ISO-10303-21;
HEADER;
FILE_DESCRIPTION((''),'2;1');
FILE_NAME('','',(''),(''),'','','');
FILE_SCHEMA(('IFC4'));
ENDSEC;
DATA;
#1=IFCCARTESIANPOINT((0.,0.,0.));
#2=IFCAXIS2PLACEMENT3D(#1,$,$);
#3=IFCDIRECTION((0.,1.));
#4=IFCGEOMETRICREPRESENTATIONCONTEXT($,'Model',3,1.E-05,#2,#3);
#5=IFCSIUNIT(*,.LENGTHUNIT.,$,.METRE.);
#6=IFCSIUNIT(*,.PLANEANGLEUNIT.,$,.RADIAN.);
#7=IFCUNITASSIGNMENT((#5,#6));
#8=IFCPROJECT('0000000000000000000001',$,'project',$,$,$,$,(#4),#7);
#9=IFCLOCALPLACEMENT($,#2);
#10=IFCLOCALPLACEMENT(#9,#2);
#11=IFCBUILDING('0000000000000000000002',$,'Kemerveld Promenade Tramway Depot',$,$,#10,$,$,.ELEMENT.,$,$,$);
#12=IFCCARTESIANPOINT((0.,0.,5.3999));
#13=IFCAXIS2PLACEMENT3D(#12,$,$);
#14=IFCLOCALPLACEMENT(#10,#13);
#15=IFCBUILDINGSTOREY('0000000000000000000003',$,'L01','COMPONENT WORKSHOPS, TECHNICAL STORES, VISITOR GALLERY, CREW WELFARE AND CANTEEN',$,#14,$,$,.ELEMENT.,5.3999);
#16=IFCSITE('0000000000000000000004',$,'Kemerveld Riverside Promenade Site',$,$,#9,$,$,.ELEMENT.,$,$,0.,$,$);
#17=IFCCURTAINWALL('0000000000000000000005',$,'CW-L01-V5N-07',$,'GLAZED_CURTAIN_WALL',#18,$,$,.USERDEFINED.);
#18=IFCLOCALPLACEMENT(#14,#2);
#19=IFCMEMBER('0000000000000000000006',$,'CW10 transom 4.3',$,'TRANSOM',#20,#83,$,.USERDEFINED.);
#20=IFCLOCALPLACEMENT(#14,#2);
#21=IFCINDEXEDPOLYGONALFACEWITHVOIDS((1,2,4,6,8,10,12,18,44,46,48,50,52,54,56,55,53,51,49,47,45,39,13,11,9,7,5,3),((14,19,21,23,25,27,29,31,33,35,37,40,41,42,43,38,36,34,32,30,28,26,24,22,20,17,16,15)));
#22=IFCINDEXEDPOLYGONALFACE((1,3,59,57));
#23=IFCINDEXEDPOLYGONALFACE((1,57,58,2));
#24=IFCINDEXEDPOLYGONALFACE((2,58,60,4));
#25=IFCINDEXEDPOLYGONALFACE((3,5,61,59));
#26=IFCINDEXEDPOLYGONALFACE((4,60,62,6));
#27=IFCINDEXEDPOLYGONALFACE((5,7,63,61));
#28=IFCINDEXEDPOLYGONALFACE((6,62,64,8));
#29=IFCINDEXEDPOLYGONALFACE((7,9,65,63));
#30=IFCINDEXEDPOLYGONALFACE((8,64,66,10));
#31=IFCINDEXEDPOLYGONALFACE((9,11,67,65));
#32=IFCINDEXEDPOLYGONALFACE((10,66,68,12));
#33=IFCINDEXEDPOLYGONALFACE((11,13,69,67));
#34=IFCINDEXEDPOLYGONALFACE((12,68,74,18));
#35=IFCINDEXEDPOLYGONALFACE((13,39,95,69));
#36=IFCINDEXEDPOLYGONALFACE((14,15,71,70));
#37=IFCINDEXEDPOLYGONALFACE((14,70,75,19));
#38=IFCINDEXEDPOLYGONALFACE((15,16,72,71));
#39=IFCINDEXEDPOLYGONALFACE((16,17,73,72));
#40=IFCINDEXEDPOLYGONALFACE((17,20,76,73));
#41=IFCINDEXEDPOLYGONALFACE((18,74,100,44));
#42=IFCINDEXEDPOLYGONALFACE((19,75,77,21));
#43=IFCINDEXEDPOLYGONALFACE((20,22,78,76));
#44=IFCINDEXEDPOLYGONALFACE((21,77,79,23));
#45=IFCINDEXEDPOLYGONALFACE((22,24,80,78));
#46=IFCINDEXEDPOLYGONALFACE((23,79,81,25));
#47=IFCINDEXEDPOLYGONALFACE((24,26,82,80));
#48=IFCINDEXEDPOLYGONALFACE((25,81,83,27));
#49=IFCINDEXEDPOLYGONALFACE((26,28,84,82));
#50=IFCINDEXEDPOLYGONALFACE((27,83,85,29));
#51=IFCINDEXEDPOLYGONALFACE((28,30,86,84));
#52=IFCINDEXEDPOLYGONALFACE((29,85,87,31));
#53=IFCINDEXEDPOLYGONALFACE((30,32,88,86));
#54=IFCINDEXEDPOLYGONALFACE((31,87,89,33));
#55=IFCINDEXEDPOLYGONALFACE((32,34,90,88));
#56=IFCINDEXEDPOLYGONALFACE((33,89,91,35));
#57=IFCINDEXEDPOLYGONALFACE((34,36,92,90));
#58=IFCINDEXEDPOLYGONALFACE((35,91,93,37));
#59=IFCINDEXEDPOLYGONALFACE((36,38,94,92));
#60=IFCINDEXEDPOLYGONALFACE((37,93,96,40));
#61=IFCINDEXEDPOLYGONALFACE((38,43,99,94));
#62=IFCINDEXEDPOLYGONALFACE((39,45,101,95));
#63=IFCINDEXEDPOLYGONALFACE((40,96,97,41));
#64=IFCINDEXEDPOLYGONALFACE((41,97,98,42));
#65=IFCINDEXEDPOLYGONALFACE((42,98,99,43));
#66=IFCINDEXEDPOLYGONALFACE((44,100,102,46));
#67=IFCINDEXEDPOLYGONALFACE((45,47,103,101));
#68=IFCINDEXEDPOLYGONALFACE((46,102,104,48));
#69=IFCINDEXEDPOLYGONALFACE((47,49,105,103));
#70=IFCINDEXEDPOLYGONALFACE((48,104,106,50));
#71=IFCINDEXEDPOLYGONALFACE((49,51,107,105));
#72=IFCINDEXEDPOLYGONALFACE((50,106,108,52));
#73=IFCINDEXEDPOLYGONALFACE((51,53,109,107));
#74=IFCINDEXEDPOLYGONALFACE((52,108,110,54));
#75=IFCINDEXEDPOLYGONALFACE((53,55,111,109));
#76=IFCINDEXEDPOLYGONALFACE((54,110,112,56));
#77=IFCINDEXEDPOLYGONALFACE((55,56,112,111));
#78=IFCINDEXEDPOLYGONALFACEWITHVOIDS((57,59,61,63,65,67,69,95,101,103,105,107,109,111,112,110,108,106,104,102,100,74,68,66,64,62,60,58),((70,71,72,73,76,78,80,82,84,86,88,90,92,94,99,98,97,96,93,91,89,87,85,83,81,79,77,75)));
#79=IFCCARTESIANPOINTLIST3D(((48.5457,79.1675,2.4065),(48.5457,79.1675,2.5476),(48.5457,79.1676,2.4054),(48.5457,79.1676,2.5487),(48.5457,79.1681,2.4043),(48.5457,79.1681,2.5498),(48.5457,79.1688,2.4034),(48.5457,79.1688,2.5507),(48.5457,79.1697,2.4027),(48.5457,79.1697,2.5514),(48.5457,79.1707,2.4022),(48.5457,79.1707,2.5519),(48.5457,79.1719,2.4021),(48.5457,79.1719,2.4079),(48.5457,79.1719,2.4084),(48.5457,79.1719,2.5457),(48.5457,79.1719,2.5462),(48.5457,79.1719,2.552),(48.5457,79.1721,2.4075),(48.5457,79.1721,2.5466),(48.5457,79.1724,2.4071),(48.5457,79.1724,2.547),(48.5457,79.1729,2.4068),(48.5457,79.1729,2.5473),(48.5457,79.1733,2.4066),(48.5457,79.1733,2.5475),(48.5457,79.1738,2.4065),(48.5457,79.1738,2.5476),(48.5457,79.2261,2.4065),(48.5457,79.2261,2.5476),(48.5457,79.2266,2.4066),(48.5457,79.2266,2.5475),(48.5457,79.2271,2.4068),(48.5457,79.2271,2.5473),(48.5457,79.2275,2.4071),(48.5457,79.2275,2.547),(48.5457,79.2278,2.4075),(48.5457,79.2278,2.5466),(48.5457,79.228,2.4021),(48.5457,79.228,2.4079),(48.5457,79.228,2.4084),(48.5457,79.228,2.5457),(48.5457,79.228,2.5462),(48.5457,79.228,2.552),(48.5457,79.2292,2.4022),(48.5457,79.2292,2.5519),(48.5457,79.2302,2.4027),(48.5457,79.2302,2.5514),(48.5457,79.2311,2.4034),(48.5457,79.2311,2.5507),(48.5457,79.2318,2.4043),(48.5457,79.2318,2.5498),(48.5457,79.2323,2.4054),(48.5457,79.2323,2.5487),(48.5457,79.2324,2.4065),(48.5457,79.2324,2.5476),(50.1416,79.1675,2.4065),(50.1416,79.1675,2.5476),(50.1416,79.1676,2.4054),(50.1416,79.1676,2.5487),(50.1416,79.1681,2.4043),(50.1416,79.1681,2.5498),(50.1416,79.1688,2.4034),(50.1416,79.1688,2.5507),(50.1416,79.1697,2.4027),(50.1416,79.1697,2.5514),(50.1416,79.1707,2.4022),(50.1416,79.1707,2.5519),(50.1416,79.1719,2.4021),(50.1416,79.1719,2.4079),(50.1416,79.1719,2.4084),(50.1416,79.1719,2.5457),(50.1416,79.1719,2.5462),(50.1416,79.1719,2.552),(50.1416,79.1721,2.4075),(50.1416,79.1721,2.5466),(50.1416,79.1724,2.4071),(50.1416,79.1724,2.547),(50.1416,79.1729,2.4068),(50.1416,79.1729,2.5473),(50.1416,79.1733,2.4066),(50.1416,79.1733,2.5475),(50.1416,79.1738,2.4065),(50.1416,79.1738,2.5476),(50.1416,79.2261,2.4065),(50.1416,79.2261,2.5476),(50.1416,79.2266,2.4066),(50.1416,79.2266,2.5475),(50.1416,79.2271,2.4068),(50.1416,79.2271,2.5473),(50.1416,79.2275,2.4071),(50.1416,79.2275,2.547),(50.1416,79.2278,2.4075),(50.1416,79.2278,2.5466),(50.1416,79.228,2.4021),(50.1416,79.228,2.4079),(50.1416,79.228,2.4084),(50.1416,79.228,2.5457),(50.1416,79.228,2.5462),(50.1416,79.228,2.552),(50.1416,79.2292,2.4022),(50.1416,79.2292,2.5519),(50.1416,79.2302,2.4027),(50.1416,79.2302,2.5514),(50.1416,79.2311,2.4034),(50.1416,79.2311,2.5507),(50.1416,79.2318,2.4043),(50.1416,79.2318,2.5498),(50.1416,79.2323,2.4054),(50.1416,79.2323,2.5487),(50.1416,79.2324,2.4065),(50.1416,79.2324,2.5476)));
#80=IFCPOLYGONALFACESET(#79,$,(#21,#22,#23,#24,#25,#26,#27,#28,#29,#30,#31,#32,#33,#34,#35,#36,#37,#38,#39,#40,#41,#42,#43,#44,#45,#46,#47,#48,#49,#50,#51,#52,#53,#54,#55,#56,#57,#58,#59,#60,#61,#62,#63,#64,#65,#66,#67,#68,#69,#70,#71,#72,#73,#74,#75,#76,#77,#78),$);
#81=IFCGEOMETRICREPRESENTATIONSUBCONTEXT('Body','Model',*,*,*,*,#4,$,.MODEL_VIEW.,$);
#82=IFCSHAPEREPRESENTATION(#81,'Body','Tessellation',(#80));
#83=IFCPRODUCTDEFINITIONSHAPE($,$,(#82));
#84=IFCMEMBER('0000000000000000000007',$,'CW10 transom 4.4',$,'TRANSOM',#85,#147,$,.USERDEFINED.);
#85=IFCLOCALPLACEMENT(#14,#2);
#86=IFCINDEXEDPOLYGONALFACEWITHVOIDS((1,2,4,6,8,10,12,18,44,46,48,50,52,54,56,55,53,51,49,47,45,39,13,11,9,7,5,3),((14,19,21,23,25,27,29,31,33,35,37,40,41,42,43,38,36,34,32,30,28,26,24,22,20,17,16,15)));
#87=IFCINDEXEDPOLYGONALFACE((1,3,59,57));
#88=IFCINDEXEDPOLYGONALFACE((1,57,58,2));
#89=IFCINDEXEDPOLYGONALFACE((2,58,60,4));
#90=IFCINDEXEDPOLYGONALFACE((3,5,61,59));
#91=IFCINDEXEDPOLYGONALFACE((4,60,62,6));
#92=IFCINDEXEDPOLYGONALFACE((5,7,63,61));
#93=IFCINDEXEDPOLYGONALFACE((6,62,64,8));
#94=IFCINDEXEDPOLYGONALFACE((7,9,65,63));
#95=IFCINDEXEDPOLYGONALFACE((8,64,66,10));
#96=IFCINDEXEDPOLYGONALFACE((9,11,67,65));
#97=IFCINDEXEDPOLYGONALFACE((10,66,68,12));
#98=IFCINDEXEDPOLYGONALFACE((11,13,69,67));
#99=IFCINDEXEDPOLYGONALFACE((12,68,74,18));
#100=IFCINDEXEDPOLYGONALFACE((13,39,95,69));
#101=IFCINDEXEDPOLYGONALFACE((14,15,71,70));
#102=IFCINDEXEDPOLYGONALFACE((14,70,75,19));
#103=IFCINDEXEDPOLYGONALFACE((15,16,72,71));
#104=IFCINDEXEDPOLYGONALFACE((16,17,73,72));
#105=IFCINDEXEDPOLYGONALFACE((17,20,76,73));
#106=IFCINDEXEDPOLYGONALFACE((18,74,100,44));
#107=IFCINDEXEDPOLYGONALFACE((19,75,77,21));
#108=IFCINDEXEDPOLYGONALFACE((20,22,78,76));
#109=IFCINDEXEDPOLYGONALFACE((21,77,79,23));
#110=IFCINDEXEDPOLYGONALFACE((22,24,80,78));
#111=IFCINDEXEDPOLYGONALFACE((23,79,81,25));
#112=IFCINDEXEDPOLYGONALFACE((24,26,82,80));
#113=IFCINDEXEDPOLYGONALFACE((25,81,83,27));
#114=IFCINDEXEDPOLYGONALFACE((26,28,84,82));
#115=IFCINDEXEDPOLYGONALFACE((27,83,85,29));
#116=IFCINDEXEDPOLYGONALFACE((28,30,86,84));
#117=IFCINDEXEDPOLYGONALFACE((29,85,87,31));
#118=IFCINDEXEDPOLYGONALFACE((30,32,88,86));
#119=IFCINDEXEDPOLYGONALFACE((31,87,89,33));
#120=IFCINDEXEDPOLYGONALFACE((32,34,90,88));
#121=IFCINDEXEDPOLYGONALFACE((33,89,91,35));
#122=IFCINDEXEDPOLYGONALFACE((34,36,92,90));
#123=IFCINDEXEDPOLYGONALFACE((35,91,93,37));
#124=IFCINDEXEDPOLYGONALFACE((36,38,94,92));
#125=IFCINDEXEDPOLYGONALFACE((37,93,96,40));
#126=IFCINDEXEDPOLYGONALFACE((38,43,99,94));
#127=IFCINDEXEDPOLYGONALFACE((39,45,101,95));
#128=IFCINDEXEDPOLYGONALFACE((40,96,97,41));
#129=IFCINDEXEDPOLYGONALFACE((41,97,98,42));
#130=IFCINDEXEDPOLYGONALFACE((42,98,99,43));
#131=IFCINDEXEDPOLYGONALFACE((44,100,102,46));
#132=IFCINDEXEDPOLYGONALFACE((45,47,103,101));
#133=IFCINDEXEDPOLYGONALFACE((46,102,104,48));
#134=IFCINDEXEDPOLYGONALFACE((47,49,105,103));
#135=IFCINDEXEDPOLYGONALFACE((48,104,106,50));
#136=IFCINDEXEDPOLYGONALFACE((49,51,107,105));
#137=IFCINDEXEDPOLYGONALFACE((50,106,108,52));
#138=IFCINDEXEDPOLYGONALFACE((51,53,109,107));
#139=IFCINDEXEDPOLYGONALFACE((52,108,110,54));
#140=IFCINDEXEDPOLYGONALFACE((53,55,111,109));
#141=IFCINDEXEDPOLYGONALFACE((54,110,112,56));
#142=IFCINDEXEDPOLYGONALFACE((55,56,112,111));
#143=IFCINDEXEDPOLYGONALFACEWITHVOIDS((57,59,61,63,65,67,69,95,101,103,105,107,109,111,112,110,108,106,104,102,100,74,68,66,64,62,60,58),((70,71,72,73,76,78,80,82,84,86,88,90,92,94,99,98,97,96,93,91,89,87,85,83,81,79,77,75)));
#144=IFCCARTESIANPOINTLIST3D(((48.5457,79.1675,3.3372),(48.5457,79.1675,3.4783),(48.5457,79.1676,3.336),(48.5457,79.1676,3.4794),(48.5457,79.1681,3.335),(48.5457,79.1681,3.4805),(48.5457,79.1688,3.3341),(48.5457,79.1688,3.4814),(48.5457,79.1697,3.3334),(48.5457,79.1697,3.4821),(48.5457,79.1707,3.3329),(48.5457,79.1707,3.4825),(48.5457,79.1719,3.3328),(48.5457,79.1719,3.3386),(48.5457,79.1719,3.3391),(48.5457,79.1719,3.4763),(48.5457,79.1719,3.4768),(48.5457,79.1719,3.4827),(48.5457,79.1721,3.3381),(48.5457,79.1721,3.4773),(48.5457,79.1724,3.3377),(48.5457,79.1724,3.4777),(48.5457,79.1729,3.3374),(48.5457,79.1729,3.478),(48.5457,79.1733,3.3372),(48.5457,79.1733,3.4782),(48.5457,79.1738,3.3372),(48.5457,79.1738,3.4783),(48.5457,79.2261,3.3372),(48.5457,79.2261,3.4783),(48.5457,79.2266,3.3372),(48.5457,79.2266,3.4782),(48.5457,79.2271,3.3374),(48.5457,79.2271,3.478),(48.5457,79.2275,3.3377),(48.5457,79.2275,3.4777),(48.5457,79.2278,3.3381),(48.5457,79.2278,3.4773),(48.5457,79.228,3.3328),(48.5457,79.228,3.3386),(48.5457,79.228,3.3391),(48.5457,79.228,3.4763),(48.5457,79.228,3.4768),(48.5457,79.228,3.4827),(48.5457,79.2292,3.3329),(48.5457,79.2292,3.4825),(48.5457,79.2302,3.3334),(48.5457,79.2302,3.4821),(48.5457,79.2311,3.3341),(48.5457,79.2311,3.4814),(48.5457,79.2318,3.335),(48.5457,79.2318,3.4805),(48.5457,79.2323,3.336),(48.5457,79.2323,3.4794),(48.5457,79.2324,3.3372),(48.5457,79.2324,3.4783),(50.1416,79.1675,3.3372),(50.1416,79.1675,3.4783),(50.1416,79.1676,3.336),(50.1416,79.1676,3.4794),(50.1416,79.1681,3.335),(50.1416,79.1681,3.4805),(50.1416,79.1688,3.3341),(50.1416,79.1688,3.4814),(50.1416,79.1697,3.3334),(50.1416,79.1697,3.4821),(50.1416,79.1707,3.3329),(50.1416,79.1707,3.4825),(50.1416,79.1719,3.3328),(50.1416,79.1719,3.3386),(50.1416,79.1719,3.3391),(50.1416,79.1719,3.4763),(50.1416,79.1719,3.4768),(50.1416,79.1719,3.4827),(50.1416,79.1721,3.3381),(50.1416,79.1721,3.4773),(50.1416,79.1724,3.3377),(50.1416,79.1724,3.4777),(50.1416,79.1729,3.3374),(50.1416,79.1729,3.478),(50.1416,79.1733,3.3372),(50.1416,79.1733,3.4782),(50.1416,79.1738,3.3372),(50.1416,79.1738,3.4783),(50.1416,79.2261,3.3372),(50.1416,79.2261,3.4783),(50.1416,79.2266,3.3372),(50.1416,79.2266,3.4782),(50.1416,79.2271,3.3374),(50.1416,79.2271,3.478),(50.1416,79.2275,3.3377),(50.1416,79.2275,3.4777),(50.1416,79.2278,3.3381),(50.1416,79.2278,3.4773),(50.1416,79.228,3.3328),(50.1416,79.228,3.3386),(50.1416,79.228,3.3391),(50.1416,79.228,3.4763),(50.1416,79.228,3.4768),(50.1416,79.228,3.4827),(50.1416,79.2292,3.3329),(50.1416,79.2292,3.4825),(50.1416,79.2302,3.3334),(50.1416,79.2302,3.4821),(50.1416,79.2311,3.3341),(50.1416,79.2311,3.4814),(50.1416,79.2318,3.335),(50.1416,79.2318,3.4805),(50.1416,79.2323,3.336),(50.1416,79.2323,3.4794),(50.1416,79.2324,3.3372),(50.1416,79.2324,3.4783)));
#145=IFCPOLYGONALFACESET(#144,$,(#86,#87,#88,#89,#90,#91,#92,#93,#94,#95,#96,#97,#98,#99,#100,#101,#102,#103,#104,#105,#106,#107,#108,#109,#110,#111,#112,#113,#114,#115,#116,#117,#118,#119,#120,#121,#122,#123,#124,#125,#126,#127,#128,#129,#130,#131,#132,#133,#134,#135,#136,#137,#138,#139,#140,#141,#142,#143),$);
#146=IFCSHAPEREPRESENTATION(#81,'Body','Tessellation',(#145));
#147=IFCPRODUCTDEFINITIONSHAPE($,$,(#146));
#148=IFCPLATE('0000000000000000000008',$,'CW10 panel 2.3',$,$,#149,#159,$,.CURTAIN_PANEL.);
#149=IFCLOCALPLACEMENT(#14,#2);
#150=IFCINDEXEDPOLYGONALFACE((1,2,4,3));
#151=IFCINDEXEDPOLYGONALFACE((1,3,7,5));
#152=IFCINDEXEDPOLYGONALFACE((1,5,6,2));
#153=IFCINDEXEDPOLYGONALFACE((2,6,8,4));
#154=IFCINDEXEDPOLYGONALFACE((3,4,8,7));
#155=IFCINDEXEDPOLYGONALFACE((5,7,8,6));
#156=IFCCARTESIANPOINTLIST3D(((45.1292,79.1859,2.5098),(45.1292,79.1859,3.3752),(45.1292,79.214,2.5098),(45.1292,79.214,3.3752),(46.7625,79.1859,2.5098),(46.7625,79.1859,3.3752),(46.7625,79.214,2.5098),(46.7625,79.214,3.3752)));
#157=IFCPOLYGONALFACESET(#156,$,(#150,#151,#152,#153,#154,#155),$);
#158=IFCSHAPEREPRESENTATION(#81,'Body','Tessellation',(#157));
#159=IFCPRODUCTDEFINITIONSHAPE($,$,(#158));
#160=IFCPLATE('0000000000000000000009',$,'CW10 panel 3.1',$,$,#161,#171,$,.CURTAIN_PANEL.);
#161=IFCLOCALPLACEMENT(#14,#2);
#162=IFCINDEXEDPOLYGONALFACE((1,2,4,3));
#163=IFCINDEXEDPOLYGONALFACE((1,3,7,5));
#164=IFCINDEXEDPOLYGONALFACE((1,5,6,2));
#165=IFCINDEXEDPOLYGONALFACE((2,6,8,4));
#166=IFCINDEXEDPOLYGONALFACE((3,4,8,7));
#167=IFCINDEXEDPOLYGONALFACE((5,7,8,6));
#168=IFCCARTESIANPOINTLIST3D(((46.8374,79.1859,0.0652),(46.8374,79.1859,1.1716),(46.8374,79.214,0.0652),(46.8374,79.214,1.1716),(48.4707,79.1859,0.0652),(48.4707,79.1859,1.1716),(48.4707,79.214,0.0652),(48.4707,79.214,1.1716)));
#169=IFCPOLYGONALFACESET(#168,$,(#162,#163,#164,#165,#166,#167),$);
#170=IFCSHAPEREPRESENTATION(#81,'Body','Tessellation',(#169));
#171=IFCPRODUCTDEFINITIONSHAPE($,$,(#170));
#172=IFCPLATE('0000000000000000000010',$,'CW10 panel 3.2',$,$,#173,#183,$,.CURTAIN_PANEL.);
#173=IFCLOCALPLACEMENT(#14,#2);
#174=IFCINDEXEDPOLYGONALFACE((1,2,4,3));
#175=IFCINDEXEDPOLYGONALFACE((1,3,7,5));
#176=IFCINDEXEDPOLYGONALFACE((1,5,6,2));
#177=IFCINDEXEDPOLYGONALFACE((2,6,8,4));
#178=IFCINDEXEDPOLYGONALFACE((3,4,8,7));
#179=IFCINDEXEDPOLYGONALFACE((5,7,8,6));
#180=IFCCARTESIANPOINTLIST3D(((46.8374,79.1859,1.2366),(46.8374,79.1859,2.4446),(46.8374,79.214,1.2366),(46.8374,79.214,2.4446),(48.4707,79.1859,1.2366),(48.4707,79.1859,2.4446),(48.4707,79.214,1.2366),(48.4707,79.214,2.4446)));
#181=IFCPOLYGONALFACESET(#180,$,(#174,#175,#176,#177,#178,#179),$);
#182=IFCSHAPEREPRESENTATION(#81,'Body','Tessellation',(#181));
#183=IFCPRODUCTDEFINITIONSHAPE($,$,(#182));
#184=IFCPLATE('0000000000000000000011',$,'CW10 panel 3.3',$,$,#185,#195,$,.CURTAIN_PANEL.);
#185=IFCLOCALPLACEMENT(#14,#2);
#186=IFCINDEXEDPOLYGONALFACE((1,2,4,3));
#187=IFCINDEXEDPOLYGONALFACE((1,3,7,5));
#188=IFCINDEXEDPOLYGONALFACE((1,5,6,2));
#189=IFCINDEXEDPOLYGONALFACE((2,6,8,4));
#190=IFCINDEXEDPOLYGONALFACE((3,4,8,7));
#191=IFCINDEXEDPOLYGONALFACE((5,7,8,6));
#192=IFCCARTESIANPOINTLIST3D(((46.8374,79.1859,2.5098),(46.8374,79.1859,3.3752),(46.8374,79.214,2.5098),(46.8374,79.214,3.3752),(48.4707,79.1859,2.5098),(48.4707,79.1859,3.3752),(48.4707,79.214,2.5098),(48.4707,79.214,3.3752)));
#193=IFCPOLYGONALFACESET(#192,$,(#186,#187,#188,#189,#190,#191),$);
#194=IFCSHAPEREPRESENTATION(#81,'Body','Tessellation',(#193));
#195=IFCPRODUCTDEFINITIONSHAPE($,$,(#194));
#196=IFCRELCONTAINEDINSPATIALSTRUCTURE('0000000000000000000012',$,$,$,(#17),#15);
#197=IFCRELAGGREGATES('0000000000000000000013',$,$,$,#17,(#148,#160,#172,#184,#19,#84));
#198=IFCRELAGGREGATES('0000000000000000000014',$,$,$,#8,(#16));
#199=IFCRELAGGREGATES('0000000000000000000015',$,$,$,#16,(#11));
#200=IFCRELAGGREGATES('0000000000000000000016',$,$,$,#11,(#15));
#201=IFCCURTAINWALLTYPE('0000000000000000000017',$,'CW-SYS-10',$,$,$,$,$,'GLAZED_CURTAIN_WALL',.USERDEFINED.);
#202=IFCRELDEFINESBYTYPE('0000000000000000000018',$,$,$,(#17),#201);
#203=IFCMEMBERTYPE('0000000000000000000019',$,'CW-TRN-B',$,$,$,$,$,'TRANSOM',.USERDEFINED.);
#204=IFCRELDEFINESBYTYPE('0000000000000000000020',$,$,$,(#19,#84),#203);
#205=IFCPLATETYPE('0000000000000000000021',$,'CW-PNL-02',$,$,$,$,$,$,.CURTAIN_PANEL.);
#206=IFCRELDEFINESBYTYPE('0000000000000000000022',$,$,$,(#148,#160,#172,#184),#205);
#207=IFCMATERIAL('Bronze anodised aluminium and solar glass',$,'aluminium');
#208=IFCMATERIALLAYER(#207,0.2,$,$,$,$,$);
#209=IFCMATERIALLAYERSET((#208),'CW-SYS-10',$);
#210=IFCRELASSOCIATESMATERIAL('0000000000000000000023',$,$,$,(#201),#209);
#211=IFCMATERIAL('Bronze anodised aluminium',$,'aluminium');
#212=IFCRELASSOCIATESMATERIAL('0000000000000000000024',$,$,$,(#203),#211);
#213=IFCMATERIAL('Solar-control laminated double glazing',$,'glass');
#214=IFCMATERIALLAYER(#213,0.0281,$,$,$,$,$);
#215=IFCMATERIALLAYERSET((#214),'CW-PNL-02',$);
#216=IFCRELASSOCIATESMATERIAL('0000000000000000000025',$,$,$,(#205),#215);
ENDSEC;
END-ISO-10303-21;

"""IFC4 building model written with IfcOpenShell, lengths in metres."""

from ifc_helpers import new_model, si_unit, direction, frame, origin, origin_2d, place, context, subcontext, project, spatial, rectangle, hollow_rectangle, extrude, material, layer, layer_set, material_profile, profile_set, type_object, element, aggregate, save


model = new_model("IFC4")

# Units and contexts
model_context = context("Model", 3, precision=1e-05, world=origin(), true_north=direction((0.0, 1.0)))
body_context = subcontext(model_context, "Body", "Model", "MODEL_VIEW")
ifc_project = project(units=[si_unit("LENGTHUNIT", "METRE"), si_unit("PLANEANGLEUNIT", "RADIAN")], contexts=[model_context])

# Site, building, storey
site_placement = place(None, origin())
site = spatial("IfcSite", under=ifc_project, at=site_placement, Name="Kemerveld Riverside Promenade Site", CompositionType="ELEMENT", RefElevation=0.0)
building_placement = place(site_placement, origin())
building = spatial("IfcBuilding", under=site, at=building_placement, Name="Kemerveld Promenade Tramway Depot", CompositionType="ELEMENT")
storey_placement = place(building_placement, frame((0.0, 0.0, 5.3999)))
storey = spatial("IfcBuildingStorey", under=building, at=storey_placement, Name="L01", Description="COMPONENT WORKSHOPS, TECHNICAL STORES, VISITOR GALLERY, CREW WELFARE AND CANTEEN", CompositionType="ELEMENT", Elevation=5.3999)

# Curtain wall, members, plates
ifc_material_1 = material(Name="Bronze anodised aluminium and solar glass", Category="aluminium")
ifc_layer_1 = layer(ifc_material_1, 0.2)
ifc_layer_set_1 = layer_set([ifc_layer_1], Name="CW-SYS-10")
curtain_wall_type = type_object("IfcCurtainWallType", Name="CW-SYS-10", ElementType="GLAZED_CURTAIN_WALL", PredefinedType="USERDEFINED", material=ifc_layer_set_1)
curtain_wall_placement = place(storey_placement, origin())
curtain_wall = element("IfcCurtainWall", 1, at=curtain_wall_placement, inside=storey, type_object=curtain_wall_type, Name="CW-L01-V5N-07", ObjectType="GLAZED_CURTAIN_WALL", PredefinedType="USERDEFINED")
ifc_material_2 = material(Name="Bronze anodised aluminium", Category="aluminium")
ifc_material_profile_1 = material_profile(ifc_material_2, hollow_rectangle(XDim=0.0649, YDim=0.1499, WallThickness=0.0044, InnerFilletRadius=0.002, OuterFilletRadius=0.0044, at=origin_2d()), Name="CW-TRN-150x65")
ifc_profile_set_1 = profile_set([ifc_material_profile_1], Name="Bronze anodised aluminium")
member_type_1 = type_object("IfcMemberType", Name="CW-TRN-B", ElementType="TRANSOM", PredefinedType="USERDEFINED", material=ifc_profile_set_1)
member_1_placement = place(storey_placement, frame((48.5457, 79.2, 2.4771), z_axis=(1.0, 0.0, 0.0), x_axis=(0.0, 1.0, 0.0)))
member_1 = element("IfcMember", 2, at=member_1_placement, type_object=member_type_1, Name="CW10 transom 4.3", ObjectType="TRANSOM", PredefinedType="USERDEFINED", context=body_context, shape_type="SweptSolid", body=[
    extrude(hollow_rectangle(XDim=0.0649, YDim=0.1499, WallThickness=0.0044, InnerFilletRadius=0.002, OuterFilletRadius=0.0044, at=origin_2d()), origin(), (0.0, 0.0, 1.0), 1.5959),
])
member_2_placement = place(storey_placement, frame((48.5457, 79.2, 3.4077), z_axis=(1.0, 0.0, 0.0), x_axis=(0.0, 1.0, 0.0)))
member_2 = element("IfcMember", 3, at=member_2_placement, type_object=member_type_1, Name="CW10 transom 4.4", ObjectType="TRANSOM", PredefinedType="USERDEFINED", context=body_context, shape_type="SweptSolid", body=[
    extrude(hollow_rectangle(XDim=0.0649, YDim=0.1499, WallThickness=0.0044, InnerFilletRadius=0.002, OuterFilletRadius=0.0044, at=origin_2d()), origin(), (0.0, 0.0, 1.0), 1.5959),
])
ifc_material_3 = material(Name="Solar-control laminated double glazing", Category="glass")
ifc_layer_2 = layer(ifc_material_3, 0.0281)
ifc_layer_set_2 = layer_set([ifc_layer_2], Name="CW-PNL-02")
plate_type = type_object("IfcPlateType", Name="CW-PNL-02", PredefinedType="CURTAIN_PANEL", material=ifc_layer_set_2)
plate_1_placement = place(storey_placement, frame((45.9458, 79.2, 2.5098), z_axis=(0.0, 0.0, 1.0), x_axis=(1.0, 0.0, 0.0)))
plate_1 = element("IfcPlate", 4, at=plate_1_placement, type_object=plate_type, Name="CW10 panel 2.3", PredefinedType="CURTAIN_PANEL", context=body_context, shape_type="SweptSolid", body=[
    extrude(rectangle(XDim=1.6333, YDim=0.0281, at=origin_2d()), origin(), (0.0, 0.0, 1.0), 0.8655),
])
plate_2_placement = place(storey_placement, frame((47.6541, 79.2, 0.0652), z_axis=(0.0, 0.0, 1.0), x_axis=(1.0, 0.0, 0.0)))
plate_2 = element("IfcPlate", 5, at=plate_2_placement, type_object=plate_type, Name="CW10 panel 3.1", PredefinedType="CURTAIN_PANEL", context=body_context, shape_type="SweptSolid", body=[
    extrude(rectangle(XDim=1.6333, YDim=0.0281, at=origin_2d()), origin(), (0.0, 0.0, 1.0), 1.1064),
])
plate_3_placement = place(storey_placement, frame((47.6541, 79.2, 1.2366), z_axis=(0.0, 0.0, 1.0), x_axis=(1.0, 0.0, 0.0)))
plate_3 = element("IfcPlate", 6, at=plate_3_placement, type_object=plate_type, Name="CW10 panel 3.2", PredefinedType="CURTAIN_PANEL", context=body_context, shape_type="SweptSolid", body=[
    extrude(rectangle(XDim=1.6333, YDim=0.0281, at=origin_2d()), origin(), (0.0, 0.0, 1.0), 1.208),
])
plate_4_placement = place(storey_placement, frame((47.6541, 79.2, 2.5098), z_axis=(0.0, 0.0, 1.0), x_axis=(1.0, 0.0, 0.0)))
plate_4 = element("IfcPlate", 7, at=plate_4_placement, type_object=plate_type, Name="CW10 panel 3.3", PredefinedType="CURTAIN_PANEL", context=body_context, shape_type="SweptSolid", body=[
    extrude(rectangle(XDim=1.6333, YDim=0.0281, at=origin_2d()), origin(), (0.0, 0.0, 1.0), 0.8655),
])
aggregate(curtain_wall, [plate_1, plate_2, plate_3, plate_4, member_1, member_2])

save(model, "model.ifc")
